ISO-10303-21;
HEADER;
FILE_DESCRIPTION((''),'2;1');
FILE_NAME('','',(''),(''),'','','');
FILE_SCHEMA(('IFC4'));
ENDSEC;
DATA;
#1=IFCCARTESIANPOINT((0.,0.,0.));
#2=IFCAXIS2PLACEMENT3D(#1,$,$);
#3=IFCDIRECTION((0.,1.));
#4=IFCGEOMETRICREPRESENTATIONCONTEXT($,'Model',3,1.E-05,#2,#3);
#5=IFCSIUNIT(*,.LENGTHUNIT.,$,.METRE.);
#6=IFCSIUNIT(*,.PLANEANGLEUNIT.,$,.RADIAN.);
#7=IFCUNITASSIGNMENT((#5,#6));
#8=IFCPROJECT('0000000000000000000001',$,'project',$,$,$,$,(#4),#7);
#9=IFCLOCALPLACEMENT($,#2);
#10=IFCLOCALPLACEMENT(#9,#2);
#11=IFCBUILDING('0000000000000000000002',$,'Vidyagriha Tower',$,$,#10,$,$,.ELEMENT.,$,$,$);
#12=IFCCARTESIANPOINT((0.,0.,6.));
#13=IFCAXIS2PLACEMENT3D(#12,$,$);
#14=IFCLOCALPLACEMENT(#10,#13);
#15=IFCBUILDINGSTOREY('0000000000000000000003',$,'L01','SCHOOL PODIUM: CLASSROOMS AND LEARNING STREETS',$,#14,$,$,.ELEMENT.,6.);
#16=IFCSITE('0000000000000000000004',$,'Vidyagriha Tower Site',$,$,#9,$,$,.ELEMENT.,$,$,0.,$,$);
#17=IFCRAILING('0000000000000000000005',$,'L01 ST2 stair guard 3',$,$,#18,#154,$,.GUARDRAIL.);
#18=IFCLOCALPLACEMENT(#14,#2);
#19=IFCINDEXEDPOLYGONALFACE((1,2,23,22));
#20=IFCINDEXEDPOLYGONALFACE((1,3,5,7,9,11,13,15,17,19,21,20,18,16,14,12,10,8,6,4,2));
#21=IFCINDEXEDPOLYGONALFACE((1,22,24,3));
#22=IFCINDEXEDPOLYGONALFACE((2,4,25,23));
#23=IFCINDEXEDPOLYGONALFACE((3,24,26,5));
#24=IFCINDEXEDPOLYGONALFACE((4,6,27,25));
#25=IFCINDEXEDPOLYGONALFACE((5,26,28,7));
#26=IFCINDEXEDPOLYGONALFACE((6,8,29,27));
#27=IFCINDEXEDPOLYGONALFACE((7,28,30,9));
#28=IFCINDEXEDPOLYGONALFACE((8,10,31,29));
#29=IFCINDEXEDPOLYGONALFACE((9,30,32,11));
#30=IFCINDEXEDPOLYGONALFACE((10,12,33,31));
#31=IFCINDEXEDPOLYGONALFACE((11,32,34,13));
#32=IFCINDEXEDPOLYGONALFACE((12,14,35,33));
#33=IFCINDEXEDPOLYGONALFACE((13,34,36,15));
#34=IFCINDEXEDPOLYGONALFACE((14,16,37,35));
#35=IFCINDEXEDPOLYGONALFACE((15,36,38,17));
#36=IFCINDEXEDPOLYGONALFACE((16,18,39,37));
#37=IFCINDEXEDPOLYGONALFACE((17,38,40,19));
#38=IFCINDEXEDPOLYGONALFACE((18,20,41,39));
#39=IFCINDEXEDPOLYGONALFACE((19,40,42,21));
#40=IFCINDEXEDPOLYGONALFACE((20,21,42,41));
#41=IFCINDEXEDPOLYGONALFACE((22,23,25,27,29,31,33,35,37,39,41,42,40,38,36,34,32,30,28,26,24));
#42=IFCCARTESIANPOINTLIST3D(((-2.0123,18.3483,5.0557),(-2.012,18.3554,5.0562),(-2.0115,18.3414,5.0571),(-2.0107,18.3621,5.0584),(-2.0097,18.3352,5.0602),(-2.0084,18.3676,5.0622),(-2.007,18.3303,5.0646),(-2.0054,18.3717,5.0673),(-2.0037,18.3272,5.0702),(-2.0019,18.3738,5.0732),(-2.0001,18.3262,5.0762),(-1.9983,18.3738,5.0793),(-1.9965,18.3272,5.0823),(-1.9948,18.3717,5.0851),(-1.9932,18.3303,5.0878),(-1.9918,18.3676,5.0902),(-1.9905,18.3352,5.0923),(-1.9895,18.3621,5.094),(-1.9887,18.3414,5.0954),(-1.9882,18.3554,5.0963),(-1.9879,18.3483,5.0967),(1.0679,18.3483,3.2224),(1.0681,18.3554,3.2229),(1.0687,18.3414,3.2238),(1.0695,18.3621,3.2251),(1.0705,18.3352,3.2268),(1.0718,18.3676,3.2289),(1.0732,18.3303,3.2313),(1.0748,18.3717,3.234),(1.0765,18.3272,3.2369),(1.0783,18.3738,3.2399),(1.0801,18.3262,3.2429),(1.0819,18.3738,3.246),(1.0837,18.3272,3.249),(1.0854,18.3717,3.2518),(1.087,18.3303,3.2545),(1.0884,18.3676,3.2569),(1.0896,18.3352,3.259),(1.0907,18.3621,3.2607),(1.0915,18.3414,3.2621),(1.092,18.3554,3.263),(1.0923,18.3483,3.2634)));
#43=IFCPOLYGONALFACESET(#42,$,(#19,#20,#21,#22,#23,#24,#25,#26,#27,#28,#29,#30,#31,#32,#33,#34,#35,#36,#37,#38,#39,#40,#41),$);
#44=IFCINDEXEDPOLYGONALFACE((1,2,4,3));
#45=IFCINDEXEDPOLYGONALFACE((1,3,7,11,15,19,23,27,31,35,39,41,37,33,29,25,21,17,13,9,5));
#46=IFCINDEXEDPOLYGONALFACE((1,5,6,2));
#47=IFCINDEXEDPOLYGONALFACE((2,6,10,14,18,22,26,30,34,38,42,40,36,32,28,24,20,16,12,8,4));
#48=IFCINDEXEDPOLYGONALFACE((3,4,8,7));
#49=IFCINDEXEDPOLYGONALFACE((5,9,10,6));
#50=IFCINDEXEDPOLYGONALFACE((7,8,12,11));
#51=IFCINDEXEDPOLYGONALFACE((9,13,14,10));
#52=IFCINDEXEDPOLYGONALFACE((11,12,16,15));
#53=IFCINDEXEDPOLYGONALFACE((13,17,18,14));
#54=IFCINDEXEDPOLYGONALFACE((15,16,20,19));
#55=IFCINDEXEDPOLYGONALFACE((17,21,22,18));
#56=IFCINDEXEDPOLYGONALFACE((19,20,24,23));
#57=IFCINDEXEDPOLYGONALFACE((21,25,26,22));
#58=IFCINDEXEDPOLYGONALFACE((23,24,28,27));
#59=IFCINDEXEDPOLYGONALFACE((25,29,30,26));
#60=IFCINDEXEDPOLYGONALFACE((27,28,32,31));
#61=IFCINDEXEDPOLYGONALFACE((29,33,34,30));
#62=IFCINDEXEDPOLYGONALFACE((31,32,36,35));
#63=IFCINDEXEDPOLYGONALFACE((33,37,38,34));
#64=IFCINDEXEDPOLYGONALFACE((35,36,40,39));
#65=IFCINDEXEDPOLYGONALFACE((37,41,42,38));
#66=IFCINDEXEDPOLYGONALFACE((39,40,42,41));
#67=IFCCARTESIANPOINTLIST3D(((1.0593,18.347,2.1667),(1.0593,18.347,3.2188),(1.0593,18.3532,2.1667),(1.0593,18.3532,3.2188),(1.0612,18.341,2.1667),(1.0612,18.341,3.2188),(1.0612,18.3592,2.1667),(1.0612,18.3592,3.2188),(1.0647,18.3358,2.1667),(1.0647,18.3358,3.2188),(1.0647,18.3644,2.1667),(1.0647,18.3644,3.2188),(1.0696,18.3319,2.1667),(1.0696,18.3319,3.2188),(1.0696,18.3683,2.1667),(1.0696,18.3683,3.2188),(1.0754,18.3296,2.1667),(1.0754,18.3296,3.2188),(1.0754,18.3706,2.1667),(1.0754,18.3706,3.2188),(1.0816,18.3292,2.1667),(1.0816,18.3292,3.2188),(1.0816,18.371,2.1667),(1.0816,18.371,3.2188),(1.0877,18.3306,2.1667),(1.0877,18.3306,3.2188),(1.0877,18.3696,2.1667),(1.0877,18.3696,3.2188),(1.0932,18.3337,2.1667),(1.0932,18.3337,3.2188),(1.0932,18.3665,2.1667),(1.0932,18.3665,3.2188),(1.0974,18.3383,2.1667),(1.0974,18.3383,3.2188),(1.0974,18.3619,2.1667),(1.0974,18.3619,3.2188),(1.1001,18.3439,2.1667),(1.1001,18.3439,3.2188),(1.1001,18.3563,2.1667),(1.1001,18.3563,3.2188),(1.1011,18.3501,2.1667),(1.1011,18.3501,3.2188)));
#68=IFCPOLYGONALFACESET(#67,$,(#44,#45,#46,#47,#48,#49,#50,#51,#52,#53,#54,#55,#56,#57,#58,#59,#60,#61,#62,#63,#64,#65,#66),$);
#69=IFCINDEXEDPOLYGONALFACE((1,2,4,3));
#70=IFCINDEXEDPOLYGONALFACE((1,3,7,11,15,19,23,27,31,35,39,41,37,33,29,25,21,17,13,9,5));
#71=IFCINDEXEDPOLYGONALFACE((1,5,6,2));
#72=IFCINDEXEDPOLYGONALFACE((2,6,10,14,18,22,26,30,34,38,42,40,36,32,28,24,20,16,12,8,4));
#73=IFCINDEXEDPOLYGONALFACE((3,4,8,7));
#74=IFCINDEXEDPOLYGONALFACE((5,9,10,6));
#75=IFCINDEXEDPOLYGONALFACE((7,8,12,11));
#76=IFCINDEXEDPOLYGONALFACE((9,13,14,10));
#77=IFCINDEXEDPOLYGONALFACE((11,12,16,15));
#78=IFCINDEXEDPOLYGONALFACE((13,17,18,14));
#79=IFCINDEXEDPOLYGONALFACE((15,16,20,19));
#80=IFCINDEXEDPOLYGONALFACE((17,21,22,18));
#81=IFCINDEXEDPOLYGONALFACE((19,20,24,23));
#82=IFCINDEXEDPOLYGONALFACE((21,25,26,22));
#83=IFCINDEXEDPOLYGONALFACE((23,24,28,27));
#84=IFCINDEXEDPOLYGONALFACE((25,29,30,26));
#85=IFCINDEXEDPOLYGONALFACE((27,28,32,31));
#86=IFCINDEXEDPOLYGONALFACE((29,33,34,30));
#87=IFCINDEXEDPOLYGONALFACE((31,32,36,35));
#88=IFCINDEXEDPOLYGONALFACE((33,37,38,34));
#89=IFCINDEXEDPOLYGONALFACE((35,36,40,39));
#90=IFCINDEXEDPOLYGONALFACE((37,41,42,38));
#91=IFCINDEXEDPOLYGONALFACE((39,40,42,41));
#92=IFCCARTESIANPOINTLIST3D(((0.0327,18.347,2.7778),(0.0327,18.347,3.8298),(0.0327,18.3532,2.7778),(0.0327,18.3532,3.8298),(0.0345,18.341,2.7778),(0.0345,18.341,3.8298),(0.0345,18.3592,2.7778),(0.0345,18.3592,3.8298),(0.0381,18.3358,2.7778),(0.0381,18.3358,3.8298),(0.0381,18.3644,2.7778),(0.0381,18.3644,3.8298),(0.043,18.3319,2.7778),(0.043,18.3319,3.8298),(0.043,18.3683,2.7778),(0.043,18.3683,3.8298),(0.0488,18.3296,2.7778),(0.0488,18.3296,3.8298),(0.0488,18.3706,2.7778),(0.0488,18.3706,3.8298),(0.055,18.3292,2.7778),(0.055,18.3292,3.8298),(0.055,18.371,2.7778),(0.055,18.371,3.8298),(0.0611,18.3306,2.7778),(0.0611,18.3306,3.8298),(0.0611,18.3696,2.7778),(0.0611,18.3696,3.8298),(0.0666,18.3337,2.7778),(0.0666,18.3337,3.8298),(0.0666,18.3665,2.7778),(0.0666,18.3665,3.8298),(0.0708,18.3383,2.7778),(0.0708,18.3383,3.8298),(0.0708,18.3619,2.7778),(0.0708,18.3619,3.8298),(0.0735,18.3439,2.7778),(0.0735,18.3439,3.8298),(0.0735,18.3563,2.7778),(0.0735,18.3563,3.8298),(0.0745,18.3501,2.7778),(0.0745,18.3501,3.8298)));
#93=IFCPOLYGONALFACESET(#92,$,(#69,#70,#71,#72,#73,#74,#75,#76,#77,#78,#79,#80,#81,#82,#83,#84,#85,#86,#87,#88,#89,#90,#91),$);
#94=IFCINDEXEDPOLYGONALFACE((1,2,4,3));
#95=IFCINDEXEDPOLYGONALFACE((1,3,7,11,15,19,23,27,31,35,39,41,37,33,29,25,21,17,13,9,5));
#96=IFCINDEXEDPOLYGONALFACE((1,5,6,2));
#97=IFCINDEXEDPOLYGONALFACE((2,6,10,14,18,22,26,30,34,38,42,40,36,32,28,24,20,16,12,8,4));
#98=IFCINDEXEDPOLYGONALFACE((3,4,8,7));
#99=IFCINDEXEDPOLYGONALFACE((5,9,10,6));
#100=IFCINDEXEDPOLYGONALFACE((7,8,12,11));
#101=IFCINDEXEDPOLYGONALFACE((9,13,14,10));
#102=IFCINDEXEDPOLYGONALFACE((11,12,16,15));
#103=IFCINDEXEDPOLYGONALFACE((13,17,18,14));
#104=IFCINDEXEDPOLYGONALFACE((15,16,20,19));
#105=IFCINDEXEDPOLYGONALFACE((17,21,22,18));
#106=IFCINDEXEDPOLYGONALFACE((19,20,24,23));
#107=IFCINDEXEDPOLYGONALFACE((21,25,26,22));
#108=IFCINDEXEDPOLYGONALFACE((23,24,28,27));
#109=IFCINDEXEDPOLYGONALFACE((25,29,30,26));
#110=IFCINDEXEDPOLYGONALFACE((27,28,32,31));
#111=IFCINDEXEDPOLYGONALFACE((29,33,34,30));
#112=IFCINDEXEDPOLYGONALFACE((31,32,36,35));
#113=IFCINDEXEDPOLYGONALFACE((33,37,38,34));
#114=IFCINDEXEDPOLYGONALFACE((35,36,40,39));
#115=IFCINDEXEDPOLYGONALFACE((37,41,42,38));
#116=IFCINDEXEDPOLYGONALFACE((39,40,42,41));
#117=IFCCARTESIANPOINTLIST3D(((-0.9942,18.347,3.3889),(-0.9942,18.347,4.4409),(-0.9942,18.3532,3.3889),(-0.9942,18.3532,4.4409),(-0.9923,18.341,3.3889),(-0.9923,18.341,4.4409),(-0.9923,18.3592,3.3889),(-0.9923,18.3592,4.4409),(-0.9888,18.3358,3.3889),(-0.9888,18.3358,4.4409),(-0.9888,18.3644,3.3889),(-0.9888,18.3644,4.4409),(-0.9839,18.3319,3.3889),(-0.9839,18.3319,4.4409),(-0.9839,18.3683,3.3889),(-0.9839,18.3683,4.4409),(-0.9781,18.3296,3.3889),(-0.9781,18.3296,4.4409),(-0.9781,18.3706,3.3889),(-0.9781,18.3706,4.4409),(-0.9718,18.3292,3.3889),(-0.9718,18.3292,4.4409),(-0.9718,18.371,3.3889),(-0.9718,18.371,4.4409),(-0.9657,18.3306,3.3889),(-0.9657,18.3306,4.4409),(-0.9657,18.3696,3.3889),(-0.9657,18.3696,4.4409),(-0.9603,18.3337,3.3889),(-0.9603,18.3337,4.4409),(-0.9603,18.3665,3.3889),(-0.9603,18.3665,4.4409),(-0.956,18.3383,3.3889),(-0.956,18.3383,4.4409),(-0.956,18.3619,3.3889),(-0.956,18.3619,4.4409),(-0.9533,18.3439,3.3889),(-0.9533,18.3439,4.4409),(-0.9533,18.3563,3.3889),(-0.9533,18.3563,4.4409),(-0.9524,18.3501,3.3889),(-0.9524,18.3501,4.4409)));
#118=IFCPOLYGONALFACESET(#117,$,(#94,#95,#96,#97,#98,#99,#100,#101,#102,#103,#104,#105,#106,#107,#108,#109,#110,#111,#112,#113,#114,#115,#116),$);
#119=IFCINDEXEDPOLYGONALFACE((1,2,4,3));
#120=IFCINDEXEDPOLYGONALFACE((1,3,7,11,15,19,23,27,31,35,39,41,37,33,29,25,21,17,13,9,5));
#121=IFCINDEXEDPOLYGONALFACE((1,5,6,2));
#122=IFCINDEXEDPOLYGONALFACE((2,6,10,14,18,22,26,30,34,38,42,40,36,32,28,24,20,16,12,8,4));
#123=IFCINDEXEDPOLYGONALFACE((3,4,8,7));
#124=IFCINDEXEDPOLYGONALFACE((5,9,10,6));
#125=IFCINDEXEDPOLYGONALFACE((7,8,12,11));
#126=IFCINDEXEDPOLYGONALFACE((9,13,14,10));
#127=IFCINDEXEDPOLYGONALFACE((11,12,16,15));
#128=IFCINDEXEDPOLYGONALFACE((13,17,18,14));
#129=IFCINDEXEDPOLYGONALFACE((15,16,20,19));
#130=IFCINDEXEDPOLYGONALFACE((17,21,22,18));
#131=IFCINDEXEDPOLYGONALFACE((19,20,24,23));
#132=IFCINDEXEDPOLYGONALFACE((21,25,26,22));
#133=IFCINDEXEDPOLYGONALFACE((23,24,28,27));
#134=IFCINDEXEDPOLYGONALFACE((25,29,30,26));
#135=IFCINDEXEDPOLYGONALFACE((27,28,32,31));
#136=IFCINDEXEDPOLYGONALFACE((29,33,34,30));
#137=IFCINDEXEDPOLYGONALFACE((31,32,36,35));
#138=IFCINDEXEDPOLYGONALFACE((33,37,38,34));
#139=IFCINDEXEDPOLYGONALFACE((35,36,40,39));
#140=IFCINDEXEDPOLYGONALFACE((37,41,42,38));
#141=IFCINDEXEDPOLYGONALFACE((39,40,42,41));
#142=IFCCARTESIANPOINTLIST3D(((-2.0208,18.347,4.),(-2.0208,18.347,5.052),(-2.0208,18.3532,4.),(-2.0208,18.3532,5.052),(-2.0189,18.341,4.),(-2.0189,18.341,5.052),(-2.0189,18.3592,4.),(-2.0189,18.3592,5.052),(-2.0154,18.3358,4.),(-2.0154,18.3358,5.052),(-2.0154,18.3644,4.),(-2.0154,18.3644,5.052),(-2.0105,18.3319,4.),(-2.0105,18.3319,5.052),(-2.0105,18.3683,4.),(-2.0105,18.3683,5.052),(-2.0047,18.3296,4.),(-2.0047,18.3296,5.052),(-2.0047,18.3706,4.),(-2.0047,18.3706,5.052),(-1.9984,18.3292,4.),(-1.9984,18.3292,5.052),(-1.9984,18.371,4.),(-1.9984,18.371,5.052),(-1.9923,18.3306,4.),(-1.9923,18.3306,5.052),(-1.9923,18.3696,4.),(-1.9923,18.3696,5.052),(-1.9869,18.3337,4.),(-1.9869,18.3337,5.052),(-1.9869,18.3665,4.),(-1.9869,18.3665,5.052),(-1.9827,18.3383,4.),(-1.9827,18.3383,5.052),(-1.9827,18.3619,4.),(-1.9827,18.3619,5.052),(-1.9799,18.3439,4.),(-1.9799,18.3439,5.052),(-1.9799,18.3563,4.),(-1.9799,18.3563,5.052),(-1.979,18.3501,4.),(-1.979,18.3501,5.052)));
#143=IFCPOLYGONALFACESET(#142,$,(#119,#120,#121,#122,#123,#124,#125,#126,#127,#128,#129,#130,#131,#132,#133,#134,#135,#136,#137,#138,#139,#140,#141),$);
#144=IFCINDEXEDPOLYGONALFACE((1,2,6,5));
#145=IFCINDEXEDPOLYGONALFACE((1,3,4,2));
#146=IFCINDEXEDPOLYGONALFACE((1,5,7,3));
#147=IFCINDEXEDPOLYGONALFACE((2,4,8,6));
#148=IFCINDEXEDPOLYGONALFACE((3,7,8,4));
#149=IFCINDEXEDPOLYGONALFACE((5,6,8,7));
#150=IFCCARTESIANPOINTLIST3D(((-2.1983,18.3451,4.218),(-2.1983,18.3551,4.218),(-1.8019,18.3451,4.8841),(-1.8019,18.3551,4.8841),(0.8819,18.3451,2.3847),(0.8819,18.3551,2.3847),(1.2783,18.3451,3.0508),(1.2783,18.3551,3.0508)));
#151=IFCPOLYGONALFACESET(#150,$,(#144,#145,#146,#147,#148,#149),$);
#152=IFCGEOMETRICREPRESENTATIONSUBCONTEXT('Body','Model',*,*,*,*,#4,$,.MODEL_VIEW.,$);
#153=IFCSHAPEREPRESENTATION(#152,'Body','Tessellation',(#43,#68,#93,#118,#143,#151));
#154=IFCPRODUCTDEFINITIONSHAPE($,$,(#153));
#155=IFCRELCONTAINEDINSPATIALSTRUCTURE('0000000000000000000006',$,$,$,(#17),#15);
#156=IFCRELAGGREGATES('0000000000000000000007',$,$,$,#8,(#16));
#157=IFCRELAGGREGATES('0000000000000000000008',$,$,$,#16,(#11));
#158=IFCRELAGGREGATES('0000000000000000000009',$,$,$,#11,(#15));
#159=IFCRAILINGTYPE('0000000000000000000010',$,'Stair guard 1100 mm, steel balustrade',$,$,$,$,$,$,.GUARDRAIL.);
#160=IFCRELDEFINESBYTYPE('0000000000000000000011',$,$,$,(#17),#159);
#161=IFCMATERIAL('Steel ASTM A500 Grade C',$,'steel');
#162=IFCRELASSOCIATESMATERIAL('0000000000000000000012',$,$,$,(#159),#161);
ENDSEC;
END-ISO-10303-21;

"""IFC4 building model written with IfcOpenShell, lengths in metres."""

from ifc_helpers import new_model, si_unit, direction, frame, origin, origin_2d, place, context, subcontext, project, spatial, rectangle, circle, extrude, material, type_object, element, save


model = new_model("IFC4")

# Units and contexts
model_context = context("Model", 3, precision=1e-05, world=origin(), true_north=direction((0.0, 1.0)))
body_context = subcontext(model_context, "Body", "Model", "MODEL_VIEW")
ifc_project = project(units=[si_unit("LENGTHUNIT", "METRE"), si_unit("PLANEANGLEUNIT", "RADIAN")], contexts=[model_context])

# Site, building, storey
site_placement = place(None, origin())
site = spatial("IfcSite", under=ifc_project, at=site_placement, Name="Vidyagriha Tower Site", CompositionType="ELEMENT", RefElevation=0.0)
building_placement = place(site_placement, origin())
building = spatial("IfcBuilding", under=site, at=building_placement, Name="Vidyagriha Tower", CompositionType="ELEMENT")
storey_placement = place(building_placement, frame((0.0, 0.0, 6.0)))
storey = spatial("IfcBuildingStorey", under=building, at=storey_placement, Name="L01", Description="SCHOOL PODIUM: CLASSROOMS AND LEARNING STREETS", CompositionType="ELEMENT", Elevation=6.0)

# Railing
ifc_material_1 = material(Name="Steel ASTM A500 Grade C", Category="steel")
railing_type_1 = type_object("IfcRailingType", Name="Stair guard 1100 mm, steel balustrade", PredefinedType="GUARDRAIL", material=ifc_material_1)
railing_1_placement = place(storey_placement, frame((1.0801, 18.3501, 2.1667)))
element("IfcRailing", 1, at=railing_1_placement, inside=storey, type_object=railing_type_1, Name="L01 ST2 stair guard 3", PredefinedType="GUARDRAIL", context=body_context, shape_type="SweptSolid", body=[
    extrude(circle(Radius=0.0239, at=origin_2d()), frame((0.0, 0.0, 1.0762), z_axis=(-0.859309, 0.0, 0.511458), x_axis=(0.0, -1.0, 0.0)), (0.0, 0.0, 1.0), 3.5845),
    extrude(circle(Radius=0.021, at=origin_2d()), origin(), (0.0, 0.0, 1.0), 1.052),
    extrude(circle(Radius=0.021, at=origin_2d()), frame((-1.0266, 0.0, 0.6111)), (0.0, 0.0, 1.0), 1.052),
    extrude(circle(Radius=0.021, at=origin_2d()), frame((-2.0535, 0.0, 1.2222)), (0.0, 0.0, 1.0), 1.052),
    extrude(circle(Radius=0.021, at=origin_2d()), frame((-3.0801, 0.0, 1.8333)), (0.0, 0.0, 1.0), 1.052),
    extrude(rectangle(XDim=0.01, YDim=0.7751, at=origin_2d()), frame((0.0, 0.0, 0.551), z_axis=(-0.859309, 0.0, 0.511458), x_axis=(0.0, -1.0, 0.0)), (0.0, 0.0, 1.0), 3.5845),
])

save(model, "model.ifc")
